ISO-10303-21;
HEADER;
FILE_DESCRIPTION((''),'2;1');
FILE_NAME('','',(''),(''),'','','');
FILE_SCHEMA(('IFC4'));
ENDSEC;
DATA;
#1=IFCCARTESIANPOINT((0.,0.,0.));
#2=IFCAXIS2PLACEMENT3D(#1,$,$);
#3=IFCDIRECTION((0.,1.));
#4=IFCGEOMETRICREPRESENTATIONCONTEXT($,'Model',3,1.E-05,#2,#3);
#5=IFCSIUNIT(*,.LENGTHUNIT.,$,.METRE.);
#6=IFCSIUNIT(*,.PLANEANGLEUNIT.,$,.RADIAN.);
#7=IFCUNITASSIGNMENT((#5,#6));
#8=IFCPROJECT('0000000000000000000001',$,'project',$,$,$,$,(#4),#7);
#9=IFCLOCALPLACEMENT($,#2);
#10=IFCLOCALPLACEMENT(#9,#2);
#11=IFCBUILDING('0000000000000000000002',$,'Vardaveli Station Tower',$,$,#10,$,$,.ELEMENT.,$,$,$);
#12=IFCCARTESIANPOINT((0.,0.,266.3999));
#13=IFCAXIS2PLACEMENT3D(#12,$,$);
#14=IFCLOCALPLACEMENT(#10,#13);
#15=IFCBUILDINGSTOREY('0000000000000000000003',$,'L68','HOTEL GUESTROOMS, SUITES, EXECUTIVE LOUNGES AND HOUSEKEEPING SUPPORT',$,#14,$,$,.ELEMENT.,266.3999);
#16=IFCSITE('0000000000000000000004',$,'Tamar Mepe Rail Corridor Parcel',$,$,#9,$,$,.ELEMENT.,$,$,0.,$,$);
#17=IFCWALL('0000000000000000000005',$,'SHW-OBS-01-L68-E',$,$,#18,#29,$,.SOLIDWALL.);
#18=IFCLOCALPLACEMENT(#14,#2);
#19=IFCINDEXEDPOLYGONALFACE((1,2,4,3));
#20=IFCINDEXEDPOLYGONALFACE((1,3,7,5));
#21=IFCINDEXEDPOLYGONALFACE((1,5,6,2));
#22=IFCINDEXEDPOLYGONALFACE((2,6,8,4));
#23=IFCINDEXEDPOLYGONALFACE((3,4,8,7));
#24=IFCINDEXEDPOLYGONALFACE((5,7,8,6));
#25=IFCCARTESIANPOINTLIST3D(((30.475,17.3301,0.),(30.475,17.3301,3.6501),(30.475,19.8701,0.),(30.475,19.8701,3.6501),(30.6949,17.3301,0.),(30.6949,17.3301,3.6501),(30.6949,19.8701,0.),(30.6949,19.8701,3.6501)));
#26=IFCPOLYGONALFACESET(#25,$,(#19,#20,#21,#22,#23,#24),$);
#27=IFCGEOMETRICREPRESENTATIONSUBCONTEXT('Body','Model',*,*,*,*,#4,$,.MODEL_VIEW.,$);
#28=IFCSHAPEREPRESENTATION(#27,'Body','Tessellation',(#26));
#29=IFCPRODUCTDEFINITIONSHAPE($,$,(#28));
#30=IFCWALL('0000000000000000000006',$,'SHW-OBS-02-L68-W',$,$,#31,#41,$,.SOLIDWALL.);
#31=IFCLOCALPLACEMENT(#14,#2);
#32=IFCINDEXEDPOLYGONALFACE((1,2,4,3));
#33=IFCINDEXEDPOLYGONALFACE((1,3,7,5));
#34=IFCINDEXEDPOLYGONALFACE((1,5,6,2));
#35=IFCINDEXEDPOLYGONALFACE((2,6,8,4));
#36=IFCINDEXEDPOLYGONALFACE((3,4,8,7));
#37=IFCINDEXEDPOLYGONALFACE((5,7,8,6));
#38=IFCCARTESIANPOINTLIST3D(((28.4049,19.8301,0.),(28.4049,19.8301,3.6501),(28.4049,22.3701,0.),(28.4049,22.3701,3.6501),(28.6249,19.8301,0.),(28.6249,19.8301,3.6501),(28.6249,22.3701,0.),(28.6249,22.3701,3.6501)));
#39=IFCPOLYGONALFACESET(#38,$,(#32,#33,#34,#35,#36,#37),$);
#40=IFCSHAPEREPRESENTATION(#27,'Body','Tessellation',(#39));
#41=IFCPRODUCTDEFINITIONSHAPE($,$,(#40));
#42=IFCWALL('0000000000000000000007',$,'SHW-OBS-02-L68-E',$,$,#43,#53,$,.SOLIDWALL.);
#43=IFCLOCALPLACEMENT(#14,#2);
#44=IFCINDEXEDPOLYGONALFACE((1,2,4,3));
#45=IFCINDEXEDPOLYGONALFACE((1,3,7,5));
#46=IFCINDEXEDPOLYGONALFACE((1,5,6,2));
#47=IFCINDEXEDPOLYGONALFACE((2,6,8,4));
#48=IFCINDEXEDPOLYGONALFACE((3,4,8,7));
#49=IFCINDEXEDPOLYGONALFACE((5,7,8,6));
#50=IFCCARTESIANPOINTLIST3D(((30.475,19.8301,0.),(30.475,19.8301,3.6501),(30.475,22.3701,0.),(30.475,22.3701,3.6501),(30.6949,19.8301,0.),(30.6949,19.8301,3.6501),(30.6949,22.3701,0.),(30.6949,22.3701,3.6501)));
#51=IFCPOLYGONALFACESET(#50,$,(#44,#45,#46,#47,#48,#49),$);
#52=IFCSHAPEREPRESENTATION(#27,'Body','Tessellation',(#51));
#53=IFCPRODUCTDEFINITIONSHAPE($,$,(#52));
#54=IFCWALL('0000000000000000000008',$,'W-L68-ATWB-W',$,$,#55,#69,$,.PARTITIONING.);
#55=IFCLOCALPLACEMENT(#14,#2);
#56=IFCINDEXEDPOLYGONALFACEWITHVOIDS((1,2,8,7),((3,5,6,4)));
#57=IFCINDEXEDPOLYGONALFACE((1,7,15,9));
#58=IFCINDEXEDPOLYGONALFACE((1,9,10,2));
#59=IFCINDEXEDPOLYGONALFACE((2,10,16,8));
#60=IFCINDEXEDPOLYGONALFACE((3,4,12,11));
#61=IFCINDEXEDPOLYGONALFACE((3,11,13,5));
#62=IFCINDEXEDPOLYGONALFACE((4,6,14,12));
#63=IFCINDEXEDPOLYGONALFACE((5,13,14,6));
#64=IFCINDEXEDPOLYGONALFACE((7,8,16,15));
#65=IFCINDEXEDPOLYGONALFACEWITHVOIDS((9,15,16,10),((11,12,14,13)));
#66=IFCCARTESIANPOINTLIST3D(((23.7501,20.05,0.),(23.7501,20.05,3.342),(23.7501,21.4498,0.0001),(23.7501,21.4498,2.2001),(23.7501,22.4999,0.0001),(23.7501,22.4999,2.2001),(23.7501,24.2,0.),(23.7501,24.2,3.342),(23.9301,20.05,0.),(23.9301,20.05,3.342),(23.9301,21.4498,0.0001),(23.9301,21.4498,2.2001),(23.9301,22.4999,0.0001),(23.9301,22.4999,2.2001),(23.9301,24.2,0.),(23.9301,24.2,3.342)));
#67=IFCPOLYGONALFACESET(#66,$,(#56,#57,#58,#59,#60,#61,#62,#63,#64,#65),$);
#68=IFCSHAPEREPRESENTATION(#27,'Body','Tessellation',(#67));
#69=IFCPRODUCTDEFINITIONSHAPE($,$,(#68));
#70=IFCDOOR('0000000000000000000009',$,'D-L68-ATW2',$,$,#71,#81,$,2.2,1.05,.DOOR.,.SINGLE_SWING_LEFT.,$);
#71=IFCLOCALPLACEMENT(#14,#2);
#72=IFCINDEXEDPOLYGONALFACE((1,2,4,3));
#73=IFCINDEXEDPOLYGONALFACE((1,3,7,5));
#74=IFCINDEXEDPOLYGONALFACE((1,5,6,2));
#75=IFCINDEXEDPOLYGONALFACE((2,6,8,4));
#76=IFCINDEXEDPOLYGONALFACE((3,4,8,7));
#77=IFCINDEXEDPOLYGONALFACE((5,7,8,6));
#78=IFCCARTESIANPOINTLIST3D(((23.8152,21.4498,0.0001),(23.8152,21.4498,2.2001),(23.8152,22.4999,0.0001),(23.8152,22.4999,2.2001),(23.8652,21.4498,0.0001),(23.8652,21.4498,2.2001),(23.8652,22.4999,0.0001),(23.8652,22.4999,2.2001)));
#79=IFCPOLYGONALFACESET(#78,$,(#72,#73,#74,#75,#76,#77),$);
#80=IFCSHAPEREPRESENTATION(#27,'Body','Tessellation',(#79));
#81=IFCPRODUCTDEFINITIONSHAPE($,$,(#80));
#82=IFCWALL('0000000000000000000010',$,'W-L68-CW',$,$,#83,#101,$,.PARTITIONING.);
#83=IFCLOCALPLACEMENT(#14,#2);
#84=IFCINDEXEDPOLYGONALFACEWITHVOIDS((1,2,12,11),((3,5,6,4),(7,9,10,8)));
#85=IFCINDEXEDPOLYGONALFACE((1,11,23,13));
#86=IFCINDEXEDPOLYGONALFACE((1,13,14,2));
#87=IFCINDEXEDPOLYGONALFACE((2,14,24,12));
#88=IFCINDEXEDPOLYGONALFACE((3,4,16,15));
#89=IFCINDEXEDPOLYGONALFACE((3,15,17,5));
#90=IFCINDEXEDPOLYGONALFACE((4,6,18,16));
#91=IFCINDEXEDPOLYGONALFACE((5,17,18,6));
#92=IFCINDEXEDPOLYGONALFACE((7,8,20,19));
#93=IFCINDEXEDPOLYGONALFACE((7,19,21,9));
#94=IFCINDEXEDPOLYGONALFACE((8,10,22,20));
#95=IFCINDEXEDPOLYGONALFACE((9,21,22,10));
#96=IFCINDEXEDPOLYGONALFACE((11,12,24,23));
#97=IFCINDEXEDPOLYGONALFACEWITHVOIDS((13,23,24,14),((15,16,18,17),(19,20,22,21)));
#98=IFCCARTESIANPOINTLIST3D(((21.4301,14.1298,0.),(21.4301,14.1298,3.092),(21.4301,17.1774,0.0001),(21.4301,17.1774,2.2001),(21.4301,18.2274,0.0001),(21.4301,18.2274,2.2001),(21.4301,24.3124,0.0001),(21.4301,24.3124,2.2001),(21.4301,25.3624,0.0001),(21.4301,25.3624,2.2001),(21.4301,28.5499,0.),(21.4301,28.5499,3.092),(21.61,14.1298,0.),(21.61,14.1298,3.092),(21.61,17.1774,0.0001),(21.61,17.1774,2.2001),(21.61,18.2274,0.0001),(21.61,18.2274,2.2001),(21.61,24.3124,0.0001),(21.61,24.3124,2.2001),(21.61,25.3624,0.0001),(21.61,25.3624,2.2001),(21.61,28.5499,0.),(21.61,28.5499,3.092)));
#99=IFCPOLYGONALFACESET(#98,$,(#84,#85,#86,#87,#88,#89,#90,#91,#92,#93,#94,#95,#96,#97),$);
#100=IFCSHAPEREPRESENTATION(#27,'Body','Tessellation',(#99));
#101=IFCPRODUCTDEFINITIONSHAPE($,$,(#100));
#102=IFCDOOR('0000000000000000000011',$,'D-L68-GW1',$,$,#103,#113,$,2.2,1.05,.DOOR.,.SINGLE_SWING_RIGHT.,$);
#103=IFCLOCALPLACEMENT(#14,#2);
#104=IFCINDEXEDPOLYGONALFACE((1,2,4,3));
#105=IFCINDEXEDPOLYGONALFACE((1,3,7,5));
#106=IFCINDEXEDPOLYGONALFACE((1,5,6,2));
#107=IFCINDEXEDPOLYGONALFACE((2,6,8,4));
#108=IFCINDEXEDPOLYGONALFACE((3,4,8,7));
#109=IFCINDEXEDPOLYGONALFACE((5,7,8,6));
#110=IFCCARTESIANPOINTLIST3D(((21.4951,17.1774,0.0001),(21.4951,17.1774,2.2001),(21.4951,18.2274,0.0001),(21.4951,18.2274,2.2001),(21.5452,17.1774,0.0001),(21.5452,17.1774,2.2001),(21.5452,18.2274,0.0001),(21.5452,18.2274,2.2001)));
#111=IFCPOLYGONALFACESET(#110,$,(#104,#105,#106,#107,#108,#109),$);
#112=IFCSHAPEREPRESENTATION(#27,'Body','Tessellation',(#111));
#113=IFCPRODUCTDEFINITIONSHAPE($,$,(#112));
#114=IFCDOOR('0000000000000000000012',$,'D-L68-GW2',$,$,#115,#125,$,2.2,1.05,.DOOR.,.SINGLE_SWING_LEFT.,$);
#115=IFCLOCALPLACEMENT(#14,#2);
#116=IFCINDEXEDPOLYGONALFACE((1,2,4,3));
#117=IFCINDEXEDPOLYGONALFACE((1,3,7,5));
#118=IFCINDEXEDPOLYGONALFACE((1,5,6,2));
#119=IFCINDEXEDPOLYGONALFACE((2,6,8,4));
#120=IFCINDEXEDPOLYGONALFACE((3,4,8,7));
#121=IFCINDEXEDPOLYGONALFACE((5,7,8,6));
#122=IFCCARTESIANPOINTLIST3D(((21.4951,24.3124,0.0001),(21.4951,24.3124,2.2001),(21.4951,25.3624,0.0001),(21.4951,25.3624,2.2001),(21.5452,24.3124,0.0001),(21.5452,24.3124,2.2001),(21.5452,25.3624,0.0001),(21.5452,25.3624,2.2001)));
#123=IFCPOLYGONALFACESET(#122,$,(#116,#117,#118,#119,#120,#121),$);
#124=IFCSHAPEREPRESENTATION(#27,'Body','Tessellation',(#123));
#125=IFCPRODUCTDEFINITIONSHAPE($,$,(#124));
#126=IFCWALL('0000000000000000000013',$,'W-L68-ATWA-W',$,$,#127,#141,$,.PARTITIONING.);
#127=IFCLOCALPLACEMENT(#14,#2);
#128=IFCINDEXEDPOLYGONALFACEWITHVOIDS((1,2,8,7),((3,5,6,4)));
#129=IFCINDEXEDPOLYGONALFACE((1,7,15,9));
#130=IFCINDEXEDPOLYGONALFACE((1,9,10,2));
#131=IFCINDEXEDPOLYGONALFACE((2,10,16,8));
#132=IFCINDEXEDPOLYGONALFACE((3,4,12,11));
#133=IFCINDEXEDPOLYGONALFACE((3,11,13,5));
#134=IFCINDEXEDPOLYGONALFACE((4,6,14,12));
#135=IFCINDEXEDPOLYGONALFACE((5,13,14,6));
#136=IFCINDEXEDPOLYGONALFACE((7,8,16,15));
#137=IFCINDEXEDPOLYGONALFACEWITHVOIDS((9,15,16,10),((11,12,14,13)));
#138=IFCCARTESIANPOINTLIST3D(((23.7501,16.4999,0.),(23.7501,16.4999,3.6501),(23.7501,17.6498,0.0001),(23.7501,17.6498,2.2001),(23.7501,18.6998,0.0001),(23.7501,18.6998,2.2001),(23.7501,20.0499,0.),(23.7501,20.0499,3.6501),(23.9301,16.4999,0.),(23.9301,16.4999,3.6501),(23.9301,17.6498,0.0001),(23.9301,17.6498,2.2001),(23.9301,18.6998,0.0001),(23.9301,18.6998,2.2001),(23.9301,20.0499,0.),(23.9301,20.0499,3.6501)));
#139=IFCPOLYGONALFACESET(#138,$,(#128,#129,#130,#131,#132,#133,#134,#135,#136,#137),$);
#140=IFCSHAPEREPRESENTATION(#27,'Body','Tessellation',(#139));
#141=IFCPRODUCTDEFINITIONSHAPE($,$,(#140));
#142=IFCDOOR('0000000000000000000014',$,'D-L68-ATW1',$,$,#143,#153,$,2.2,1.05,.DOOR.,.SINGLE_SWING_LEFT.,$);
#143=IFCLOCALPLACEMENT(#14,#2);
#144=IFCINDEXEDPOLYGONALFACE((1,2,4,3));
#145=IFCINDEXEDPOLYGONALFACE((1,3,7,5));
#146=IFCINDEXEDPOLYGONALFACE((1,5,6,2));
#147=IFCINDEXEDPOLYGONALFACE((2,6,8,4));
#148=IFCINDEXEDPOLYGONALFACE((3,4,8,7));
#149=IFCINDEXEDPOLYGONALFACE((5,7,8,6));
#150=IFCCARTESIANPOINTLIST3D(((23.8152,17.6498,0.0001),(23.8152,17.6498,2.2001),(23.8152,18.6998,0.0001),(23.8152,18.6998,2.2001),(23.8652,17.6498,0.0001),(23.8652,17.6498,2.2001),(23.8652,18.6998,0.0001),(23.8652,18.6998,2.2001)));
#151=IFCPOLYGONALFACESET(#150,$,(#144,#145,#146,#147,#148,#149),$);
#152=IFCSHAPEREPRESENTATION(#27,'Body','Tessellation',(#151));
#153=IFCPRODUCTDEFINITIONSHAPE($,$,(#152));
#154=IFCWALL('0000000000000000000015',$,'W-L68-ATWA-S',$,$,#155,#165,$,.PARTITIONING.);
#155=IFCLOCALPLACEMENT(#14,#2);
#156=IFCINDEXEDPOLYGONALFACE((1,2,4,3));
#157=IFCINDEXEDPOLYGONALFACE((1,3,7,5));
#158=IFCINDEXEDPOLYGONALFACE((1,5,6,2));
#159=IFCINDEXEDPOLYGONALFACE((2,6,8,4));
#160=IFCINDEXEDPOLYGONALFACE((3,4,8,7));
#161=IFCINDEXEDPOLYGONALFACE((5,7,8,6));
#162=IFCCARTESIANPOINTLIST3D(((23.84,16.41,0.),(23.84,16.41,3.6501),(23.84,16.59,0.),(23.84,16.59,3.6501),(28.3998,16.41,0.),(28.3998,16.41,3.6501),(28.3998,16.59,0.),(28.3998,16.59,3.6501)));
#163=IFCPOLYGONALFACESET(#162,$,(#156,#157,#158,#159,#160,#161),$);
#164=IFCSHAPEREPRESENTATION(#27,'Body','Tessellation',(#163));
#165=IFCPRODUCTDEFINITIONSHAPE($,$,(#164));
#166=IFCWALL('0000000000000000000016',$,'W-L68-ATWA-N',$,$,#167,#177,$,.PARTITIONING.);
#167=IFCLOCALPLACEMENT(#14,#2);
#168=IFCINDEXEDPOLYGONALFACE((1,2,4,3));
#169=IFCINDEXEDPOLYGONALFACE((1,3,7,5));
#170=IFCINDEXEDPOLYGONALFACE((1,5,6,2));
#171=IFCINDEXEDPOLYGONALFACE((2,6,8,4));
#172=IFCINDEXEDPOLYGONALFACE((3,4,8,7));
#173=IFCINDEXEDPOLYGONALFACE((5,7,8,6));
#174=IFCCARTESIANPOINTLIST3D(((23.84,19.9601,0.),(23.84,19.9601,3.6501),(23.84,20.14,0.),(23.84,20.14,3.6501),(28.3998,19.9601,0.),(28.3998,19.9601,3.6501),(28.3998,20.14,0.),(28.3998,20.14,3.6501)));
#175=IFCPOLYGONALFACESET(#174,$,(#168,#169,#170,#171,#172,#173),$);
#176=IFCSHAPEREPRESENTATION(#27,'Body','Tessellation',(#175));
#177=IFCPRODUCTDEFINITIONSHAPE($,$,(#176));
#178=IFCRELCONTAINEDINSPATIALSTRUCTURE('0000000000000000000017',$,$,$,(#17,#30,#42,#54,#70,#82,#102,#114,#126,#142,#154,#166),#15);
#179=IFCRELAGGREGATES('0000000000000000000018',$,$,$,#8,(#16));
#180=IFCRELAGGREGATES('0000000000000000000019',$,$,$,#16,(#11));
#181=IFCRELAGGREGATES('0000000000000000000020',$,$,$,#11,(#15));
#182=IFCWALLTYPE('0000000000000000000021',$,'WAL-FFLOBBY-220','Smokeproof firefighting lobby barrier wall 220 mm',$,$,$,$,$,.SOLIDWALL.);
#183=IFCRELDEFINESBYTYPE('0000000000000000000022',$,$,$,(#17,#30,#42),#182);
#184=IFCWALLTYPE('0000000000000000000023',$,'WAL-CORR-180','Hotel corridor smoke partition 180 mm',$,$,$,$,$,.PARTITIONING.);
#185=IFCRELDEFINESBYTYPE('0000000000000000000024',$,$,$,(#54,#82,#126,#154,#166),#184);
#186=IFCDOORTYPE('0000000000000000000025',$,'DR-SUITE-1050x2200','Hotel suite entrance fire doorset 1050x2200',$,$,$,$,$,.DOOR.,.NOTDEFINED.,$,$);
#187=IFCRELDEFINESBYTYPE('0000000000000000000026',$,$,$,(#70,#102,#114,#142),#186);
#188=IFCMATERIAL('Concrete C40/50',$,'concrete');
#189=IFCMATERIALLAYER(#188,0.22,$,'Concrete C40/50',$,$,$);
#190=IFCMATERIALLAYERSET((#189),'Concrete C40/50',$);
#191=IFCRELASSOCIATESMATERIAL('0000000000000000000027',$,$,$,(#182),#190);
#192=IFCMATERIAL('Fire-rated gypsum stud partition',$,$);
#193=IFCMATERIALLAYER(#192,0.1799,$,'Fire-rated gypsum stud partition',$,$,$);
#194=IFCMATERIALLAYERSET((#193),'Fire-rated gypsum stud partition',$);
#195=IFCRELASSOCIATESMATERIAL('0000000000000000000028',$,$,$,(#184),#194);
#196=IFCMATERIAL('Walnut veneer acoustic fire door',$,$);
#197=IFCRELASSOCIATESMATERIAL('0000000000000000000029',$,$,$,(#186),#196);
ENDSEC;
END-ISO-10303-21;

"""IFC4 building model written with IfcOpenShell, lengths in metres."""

from ifc_helpers import new_model, si_unit, direction, frame, frame_2d, origin, place, context, subcontext, project, spatial, rectangle, extrude, source, transform, mapped, material, layer, layer_set, type_object, element, fill, save


model = new_model("IFC4")

# Units and contexts
model_context = context("Model", 3, precision=1e-05, world=origin(), true_north=direction((0.0, 1.0)))
body_context = subcontext(model_context, "Body", "Model", "MODEL_VIEW")
ifc_project = project(units=[si_unit("LENGTHUNIT", "METRE"), si_unit("PLANEANGLEUNIT", "RADIAN")], contexts=[model_context])

# Site, building, storey
site_placement = place(None, origin())
site = spatial("IfcSite", under=ifc_project, at=site_placement, Name="Tamar Mepe Rail Corridor Parcel", CompositionType="ELEMENT", RefElevation=0.0)
building_placement = place(site_placement, origin())
building = spatial("IfcBuilding", under=site, at=building_placement, Name="Vardaveli Station Tower", CompositionType="ELEMENT")
storey_placement = place(building_placement, frame((0.0, 0.0, 266.3999)))
storey = spatial("IfcBuildingStorey", under=building, at=storey_placement, Name="L68", Description="HOTEL GUESTROOMS, SUITES, EXECUTIVE LOUNGES AND HOUSEKEEPING SUPPORT", CompositionType="ELEMENT", Elevation=266.3999)

# Walls
ifc_material_1 = material(Name="Concrete C40/50", Category="concrete")
ifc_layer_1 = layer(ifc_material_1, 0.22, Name="Concrete C40/50")
ifc_layer_set_1 = layer_set([ifc_layer_1], Name="Concrete C40/50")
wall_type_1 = type_object("IfcWallType", Name="WAL-FFLOBBY-220", Description="Smokeproof firefighting lobby barrier wall 220 mm", PredefinedType="SOLIDWALL", material=ifc_layer_set_1)
shared_shape_1 = source(origin(), body_context, "Body", "SweptSolid", [
    extrude(rectangle(XDim=2.54, YDim=0.22, at=frame_2d((1.27, 0.0))), origin(), (0.0, 0.0, 1.0), 3.6501),
])
for number, where, z_axis, x_axis, name in (
    (1, (30.585, 17.3301, 0.0), (0.0, 0.0, 1.0), (0.0, 1.0, 0.0), "SHW-OBS-01-L68-E"),
    (2, (28.5149, 19.8301, 0.0), (0.0, 0.0, 1.0), (0.0, 1.0, 0.0), "SHW-OBS-02-L68-W"),
    (3, (30.585, 19.8301, 0.0), (0.0, 0.0, 1.0), (0.0, 1.0, 0.0), "SHW-OBS-02-L68-E"),
):
    element("IfcWall", number, at=place(storey_placement, frame(where, z_axis=z_axis, x_axis=x_axis)), inside=storey, type_object=wall_type_1, Name=name, PredefinedType="SOLIDWALL", context=body_context, shape_type="MappedRepresentation", body=[
        mapped(shared_shape_1, transform((0.0, 0.0, 0.0), scale=1.0)),
    ])

# Wall, opening, door
ifc_material_2 = material(Name="Fire-rated gypsum stud partition")
ifc_layer_2 = layer(ifc_material_2, 0.1799, Name="Fire-rated gypsum stud partition")
ifc_layer_set_2 = layer_set([ifc_layer_2], Name="Fire-rated gypsum stud partition")
wall_type_2 = type_object("IfcWallType", Name="WAL-CORR-180", Description="Hotel corridor smoke partition 180 mm", PredefinedType="PARTITIONING", material=ifc_layer_set_2)
shared_shape_2 = source(origin(), body_context, "Body", "SweptSolid", [
    extrude(rectangle(XDim=4.1499, YDim=0.1799, at=frame_2d((2.075, 0.0))), origin(), (0.0, 0.0, 1.0), 3.342),
])
wall_1_placement = place(storey_placement, frame((23.8401, 20.05, 0.0), z_axis=(0.0, 0.0, 1.0), x_axis=(0.0, 1.0, 0.0)))
wall_1 = element("IfcWall", 4, at=wall_1_placement, inside=storey, type_object=wall_type_2, Name="W-L68-ATWB-W", PredefinedType="PARTITIONING", context=body_context, shape_type="MappedRepresentation", body=[
    mapped(shared_shape_2, transform((0.0, 0.0, 0.0), scale=1.0)),
])
shared_shape_3 = source(origin(), body_context, "Body", "SweptSolid", [
    extrude(rectangle(XDim=1.05, YDim=2.2, at=frame_2d((0.5249, 1.1001))), frame((0.0, 0.1001, 0.0), z_axis=(0.0, -1.0, 0.0), x_axis=(1.0, 0.0, 0.0)), (0.0, 0.0, 1.0), 0.2),
])
opening_1_placement = place(wall_1_placement, frame((1.3999, 0.0, 0.0)))
opening_1 = element("IfcOpeningElement", 5, at=opening_1_placement, cuts=wall_1, PredefinedType="OPENING", context=body_context, shape_type="MappedRepresentation", body=[
    mapped(shared_shape_3, transform((0.0, 0.0, 0.0), scale=1.0)),
])
ifc_material_3 = material(Name="Walnut veneer acoustic fire door")
door_type = type_object("IfcDoorType", Name="DR-SUITE-1050x2200", Description="Hotel suite entrance fire doorset 1050x2200", OperationType="NOTDEFINED", PredefinedType="DOOR", material=ifc_material_3)
shared_shape_4 = source(origin(), body_context, "Body", "SweptSolid", [
    extrude(rectangle(XDim=1.05, YDim=2.2, at=frame_2d((0.5249, 1.1001))), frame((0.0, 0.0249, 0.0), z_axis=(0.0, -1.0, 0.0), x_axis=(1.0, 0.0, 0.0)), (0.0, 0.0, 1.0), 0.05),
])
door_1_placement = place(opening_1_placement, origin())
door_1 = element("IfcDoor", 6, at=door_1_placement, inside=storey, type_object=door_type, Name="D-L68-ATW2", OperationType="SINGLE_SWING_LEFT", OverallHeight=2.2, OverallWidth=1.05, PredefinedType="DOOR", context=body_context, shape_type="MappedRepresentation", body=[
    mapped(shared_shape_4, transform((0.0, 0.0, 0.0), scale=1.0)),
])
fill(opening_1, door_1)

# Wall, openings, doors
shared_shape_5 = source(origin(), body_context, "Body", "SweptSolid", [
    extrude(rectangle(XDim=14.4202, YDim=0.1799, at=frame_2d((7.21, 0.0))), origin(), (0.0, 0.0, 1.0), 3.092),
])
wall_2_placement = place(storey_placement, frame((21.52, 14.1299, 0.0), z_axis=(0.0, 0.0, 1.0), x_axis=(0.0, 1.0, 0.0)))
wall_2 = element("IfcWall", 7, at=wall_2_placement, inside=storey, type_object=wall_type_2, Name="W-L68-CW", PredefinedType="PARTITIONING", context=body_context, shape_type="MappedRepresentation", body=[
    mapped(shared_shape_5, transform((0.0, 0.0, 0.0), scale=1.0)),
])
opening_2_placement = place(wall_2_placement, frame((3.0476, 0.0, 0.0)))
opening_2 = element("IfcOpeningElement", 8, at=opening_2_placement, cuts=wall_2, PredefinedType="OPENING", context=body_context, shape_type="MappedRepresentation", body=[
    mapped(shared_shape_3, transform((0.0, 0.0, 0.0), scale=1.0)),
])
opening_3_placement = place(wall_2_placement, frame((10.1826, 0.0, 0.0)))
opening_3 = element("IfcOpeningElement", 9, at=opening_3_placement, cuts=wall_2, PredefinedType="OPENING", context=body_context, shape_type="MappedRepresentation", body=[
    mapped(shared_shape_3, transform((0.0, 0.0, 0.0), scale=1.0)),
])
door_2_placement = place(opening_2_placement, origin())
door_2 = element("IfcDoor", 10, at=door_2_placement, inside=storey, type_object=door_type, Name="D-L68-GW1", OperationType="SINGLE_SWING_RIGHT", OverallHeight=2.2, OverallWidth=1.05, PredefinedType="DOOR", context=body_context, shape_type="MappedRepresentation", body=[
    mapped(shared_shape_4, transform((0.0, 0.0, 0.0), scale=1.0)),
])
fill(opening_2, door_2)
door_3_placement = place(opening_3_placement, origin())
door_3 = element("IfcDoor", 11, at=door_3_placement, inside=storey, type_object=door_type, Name="D-L68-GW2", OperationType="SINGLE_SWING_LEFT", OverallHeight=2.2, OverallWidth=1.05, PredefinedType="DOOR", context=body_context, shape_type="MappedRepresentation", body=[
    mapped(shared_shape_4, transform((0.0, 0.0, 0.0), scale=1.0)),
])
fill(opening_3, door_3)

# Wall, opening, door
shared_shape_6 = source(origin(), body_context, "Body", "SweptSolid", [
    extrude(rectangle(XDim=3.55, YDim=0.1799, at=frame_2d((1.7749, 0.0))), origin(), (0.0, 0.0, 1.0), 3.6501),
])
wall_3_placement = place(storey_placement, frame((23.8401, 16.5, 0.0), z_axis=(0.0, 0.0, 1.0), x_axis=(0.0, 1.0, 0.0)))
wall_3 = element("IfcWall", 12, at=wall_3_placement, inside=storey, type_object=wall_type_2, Name="W-L68-ATWA-W", PredefinedType="PARTITIONING", context=body_context, shape_type="MappedRepresentation", body=[
    mapped(shared_shape_6, transform((0.0, 0.0, 0.0), scale=1.0)),
])
opening_4_placement = place(wall_3_placement, frame((1.1499, 0.0, 0.0)))
opening_4 = element("IfcOpeningElement", 13, at=opening_4_placement, cuts=wall_3, PredefinedType="OPENING", context=body_context, shape_type="MappedRepresentation", body=[
    mapped(shared_shape_3, transform((0.0, 0.0, 0.0), scale=1.0)),
])
door_4_placement = place(opening_4_placement, origin())
door_4 = element("IfcDoor", 14, at=door_4_placement, inside=storey, type_object=door_type, Name="D-L68-ATW1", OperationType="SINGLE_SWING_LEFT", OverallHeight=2.2, OverallWidth=1.05, PredefinedType="DOOR", context=body_context, shape_type="MappedRepresentation", body=[
    mapped(shared_shape_4, transform((0.0, 0.0, 0.0), scale=1.0)),
])
fill(opening_4, door_4)

# Walls
shared_shape_7 = source(origin(), body_context, "Body", "SweptSolid", [
    extrude(rectangle(XDim=4.5598, YDim=0.1799, at=frame_2d((2.2798, 0.0))), origin(), (0.0, 0.0, 1.0), 3.6501),
])
for number, where, z_axis, x_axis, name in (
    (15, (23.8401, 16.5, 0.0), (0.0, 0.0, 1.0), (1.0, 0.0, 0.0), "W-L68-ATWA-S"),
    (16, (23.8401, 20.05, 0.0), (0.0, 0.0, 1.0), (1.0, 0.0, 0.0), "W-L68-ATWA-N"),
):
    element("IfcWall", number, at=place(storey_placement, frame(where, z_axis=z_axis, x_axis=x_axis)), inside=storey, type_object=wall_type_2, Name=name, PredefinedType="PARTITIONING", context=body_context, shape_type="MappedRepresentation", body=[
        mapped(shared_shape_7, transform((0.0, 0.0, 0.0), scale=1.0)),
    ])

save(model, "model.ifc")
